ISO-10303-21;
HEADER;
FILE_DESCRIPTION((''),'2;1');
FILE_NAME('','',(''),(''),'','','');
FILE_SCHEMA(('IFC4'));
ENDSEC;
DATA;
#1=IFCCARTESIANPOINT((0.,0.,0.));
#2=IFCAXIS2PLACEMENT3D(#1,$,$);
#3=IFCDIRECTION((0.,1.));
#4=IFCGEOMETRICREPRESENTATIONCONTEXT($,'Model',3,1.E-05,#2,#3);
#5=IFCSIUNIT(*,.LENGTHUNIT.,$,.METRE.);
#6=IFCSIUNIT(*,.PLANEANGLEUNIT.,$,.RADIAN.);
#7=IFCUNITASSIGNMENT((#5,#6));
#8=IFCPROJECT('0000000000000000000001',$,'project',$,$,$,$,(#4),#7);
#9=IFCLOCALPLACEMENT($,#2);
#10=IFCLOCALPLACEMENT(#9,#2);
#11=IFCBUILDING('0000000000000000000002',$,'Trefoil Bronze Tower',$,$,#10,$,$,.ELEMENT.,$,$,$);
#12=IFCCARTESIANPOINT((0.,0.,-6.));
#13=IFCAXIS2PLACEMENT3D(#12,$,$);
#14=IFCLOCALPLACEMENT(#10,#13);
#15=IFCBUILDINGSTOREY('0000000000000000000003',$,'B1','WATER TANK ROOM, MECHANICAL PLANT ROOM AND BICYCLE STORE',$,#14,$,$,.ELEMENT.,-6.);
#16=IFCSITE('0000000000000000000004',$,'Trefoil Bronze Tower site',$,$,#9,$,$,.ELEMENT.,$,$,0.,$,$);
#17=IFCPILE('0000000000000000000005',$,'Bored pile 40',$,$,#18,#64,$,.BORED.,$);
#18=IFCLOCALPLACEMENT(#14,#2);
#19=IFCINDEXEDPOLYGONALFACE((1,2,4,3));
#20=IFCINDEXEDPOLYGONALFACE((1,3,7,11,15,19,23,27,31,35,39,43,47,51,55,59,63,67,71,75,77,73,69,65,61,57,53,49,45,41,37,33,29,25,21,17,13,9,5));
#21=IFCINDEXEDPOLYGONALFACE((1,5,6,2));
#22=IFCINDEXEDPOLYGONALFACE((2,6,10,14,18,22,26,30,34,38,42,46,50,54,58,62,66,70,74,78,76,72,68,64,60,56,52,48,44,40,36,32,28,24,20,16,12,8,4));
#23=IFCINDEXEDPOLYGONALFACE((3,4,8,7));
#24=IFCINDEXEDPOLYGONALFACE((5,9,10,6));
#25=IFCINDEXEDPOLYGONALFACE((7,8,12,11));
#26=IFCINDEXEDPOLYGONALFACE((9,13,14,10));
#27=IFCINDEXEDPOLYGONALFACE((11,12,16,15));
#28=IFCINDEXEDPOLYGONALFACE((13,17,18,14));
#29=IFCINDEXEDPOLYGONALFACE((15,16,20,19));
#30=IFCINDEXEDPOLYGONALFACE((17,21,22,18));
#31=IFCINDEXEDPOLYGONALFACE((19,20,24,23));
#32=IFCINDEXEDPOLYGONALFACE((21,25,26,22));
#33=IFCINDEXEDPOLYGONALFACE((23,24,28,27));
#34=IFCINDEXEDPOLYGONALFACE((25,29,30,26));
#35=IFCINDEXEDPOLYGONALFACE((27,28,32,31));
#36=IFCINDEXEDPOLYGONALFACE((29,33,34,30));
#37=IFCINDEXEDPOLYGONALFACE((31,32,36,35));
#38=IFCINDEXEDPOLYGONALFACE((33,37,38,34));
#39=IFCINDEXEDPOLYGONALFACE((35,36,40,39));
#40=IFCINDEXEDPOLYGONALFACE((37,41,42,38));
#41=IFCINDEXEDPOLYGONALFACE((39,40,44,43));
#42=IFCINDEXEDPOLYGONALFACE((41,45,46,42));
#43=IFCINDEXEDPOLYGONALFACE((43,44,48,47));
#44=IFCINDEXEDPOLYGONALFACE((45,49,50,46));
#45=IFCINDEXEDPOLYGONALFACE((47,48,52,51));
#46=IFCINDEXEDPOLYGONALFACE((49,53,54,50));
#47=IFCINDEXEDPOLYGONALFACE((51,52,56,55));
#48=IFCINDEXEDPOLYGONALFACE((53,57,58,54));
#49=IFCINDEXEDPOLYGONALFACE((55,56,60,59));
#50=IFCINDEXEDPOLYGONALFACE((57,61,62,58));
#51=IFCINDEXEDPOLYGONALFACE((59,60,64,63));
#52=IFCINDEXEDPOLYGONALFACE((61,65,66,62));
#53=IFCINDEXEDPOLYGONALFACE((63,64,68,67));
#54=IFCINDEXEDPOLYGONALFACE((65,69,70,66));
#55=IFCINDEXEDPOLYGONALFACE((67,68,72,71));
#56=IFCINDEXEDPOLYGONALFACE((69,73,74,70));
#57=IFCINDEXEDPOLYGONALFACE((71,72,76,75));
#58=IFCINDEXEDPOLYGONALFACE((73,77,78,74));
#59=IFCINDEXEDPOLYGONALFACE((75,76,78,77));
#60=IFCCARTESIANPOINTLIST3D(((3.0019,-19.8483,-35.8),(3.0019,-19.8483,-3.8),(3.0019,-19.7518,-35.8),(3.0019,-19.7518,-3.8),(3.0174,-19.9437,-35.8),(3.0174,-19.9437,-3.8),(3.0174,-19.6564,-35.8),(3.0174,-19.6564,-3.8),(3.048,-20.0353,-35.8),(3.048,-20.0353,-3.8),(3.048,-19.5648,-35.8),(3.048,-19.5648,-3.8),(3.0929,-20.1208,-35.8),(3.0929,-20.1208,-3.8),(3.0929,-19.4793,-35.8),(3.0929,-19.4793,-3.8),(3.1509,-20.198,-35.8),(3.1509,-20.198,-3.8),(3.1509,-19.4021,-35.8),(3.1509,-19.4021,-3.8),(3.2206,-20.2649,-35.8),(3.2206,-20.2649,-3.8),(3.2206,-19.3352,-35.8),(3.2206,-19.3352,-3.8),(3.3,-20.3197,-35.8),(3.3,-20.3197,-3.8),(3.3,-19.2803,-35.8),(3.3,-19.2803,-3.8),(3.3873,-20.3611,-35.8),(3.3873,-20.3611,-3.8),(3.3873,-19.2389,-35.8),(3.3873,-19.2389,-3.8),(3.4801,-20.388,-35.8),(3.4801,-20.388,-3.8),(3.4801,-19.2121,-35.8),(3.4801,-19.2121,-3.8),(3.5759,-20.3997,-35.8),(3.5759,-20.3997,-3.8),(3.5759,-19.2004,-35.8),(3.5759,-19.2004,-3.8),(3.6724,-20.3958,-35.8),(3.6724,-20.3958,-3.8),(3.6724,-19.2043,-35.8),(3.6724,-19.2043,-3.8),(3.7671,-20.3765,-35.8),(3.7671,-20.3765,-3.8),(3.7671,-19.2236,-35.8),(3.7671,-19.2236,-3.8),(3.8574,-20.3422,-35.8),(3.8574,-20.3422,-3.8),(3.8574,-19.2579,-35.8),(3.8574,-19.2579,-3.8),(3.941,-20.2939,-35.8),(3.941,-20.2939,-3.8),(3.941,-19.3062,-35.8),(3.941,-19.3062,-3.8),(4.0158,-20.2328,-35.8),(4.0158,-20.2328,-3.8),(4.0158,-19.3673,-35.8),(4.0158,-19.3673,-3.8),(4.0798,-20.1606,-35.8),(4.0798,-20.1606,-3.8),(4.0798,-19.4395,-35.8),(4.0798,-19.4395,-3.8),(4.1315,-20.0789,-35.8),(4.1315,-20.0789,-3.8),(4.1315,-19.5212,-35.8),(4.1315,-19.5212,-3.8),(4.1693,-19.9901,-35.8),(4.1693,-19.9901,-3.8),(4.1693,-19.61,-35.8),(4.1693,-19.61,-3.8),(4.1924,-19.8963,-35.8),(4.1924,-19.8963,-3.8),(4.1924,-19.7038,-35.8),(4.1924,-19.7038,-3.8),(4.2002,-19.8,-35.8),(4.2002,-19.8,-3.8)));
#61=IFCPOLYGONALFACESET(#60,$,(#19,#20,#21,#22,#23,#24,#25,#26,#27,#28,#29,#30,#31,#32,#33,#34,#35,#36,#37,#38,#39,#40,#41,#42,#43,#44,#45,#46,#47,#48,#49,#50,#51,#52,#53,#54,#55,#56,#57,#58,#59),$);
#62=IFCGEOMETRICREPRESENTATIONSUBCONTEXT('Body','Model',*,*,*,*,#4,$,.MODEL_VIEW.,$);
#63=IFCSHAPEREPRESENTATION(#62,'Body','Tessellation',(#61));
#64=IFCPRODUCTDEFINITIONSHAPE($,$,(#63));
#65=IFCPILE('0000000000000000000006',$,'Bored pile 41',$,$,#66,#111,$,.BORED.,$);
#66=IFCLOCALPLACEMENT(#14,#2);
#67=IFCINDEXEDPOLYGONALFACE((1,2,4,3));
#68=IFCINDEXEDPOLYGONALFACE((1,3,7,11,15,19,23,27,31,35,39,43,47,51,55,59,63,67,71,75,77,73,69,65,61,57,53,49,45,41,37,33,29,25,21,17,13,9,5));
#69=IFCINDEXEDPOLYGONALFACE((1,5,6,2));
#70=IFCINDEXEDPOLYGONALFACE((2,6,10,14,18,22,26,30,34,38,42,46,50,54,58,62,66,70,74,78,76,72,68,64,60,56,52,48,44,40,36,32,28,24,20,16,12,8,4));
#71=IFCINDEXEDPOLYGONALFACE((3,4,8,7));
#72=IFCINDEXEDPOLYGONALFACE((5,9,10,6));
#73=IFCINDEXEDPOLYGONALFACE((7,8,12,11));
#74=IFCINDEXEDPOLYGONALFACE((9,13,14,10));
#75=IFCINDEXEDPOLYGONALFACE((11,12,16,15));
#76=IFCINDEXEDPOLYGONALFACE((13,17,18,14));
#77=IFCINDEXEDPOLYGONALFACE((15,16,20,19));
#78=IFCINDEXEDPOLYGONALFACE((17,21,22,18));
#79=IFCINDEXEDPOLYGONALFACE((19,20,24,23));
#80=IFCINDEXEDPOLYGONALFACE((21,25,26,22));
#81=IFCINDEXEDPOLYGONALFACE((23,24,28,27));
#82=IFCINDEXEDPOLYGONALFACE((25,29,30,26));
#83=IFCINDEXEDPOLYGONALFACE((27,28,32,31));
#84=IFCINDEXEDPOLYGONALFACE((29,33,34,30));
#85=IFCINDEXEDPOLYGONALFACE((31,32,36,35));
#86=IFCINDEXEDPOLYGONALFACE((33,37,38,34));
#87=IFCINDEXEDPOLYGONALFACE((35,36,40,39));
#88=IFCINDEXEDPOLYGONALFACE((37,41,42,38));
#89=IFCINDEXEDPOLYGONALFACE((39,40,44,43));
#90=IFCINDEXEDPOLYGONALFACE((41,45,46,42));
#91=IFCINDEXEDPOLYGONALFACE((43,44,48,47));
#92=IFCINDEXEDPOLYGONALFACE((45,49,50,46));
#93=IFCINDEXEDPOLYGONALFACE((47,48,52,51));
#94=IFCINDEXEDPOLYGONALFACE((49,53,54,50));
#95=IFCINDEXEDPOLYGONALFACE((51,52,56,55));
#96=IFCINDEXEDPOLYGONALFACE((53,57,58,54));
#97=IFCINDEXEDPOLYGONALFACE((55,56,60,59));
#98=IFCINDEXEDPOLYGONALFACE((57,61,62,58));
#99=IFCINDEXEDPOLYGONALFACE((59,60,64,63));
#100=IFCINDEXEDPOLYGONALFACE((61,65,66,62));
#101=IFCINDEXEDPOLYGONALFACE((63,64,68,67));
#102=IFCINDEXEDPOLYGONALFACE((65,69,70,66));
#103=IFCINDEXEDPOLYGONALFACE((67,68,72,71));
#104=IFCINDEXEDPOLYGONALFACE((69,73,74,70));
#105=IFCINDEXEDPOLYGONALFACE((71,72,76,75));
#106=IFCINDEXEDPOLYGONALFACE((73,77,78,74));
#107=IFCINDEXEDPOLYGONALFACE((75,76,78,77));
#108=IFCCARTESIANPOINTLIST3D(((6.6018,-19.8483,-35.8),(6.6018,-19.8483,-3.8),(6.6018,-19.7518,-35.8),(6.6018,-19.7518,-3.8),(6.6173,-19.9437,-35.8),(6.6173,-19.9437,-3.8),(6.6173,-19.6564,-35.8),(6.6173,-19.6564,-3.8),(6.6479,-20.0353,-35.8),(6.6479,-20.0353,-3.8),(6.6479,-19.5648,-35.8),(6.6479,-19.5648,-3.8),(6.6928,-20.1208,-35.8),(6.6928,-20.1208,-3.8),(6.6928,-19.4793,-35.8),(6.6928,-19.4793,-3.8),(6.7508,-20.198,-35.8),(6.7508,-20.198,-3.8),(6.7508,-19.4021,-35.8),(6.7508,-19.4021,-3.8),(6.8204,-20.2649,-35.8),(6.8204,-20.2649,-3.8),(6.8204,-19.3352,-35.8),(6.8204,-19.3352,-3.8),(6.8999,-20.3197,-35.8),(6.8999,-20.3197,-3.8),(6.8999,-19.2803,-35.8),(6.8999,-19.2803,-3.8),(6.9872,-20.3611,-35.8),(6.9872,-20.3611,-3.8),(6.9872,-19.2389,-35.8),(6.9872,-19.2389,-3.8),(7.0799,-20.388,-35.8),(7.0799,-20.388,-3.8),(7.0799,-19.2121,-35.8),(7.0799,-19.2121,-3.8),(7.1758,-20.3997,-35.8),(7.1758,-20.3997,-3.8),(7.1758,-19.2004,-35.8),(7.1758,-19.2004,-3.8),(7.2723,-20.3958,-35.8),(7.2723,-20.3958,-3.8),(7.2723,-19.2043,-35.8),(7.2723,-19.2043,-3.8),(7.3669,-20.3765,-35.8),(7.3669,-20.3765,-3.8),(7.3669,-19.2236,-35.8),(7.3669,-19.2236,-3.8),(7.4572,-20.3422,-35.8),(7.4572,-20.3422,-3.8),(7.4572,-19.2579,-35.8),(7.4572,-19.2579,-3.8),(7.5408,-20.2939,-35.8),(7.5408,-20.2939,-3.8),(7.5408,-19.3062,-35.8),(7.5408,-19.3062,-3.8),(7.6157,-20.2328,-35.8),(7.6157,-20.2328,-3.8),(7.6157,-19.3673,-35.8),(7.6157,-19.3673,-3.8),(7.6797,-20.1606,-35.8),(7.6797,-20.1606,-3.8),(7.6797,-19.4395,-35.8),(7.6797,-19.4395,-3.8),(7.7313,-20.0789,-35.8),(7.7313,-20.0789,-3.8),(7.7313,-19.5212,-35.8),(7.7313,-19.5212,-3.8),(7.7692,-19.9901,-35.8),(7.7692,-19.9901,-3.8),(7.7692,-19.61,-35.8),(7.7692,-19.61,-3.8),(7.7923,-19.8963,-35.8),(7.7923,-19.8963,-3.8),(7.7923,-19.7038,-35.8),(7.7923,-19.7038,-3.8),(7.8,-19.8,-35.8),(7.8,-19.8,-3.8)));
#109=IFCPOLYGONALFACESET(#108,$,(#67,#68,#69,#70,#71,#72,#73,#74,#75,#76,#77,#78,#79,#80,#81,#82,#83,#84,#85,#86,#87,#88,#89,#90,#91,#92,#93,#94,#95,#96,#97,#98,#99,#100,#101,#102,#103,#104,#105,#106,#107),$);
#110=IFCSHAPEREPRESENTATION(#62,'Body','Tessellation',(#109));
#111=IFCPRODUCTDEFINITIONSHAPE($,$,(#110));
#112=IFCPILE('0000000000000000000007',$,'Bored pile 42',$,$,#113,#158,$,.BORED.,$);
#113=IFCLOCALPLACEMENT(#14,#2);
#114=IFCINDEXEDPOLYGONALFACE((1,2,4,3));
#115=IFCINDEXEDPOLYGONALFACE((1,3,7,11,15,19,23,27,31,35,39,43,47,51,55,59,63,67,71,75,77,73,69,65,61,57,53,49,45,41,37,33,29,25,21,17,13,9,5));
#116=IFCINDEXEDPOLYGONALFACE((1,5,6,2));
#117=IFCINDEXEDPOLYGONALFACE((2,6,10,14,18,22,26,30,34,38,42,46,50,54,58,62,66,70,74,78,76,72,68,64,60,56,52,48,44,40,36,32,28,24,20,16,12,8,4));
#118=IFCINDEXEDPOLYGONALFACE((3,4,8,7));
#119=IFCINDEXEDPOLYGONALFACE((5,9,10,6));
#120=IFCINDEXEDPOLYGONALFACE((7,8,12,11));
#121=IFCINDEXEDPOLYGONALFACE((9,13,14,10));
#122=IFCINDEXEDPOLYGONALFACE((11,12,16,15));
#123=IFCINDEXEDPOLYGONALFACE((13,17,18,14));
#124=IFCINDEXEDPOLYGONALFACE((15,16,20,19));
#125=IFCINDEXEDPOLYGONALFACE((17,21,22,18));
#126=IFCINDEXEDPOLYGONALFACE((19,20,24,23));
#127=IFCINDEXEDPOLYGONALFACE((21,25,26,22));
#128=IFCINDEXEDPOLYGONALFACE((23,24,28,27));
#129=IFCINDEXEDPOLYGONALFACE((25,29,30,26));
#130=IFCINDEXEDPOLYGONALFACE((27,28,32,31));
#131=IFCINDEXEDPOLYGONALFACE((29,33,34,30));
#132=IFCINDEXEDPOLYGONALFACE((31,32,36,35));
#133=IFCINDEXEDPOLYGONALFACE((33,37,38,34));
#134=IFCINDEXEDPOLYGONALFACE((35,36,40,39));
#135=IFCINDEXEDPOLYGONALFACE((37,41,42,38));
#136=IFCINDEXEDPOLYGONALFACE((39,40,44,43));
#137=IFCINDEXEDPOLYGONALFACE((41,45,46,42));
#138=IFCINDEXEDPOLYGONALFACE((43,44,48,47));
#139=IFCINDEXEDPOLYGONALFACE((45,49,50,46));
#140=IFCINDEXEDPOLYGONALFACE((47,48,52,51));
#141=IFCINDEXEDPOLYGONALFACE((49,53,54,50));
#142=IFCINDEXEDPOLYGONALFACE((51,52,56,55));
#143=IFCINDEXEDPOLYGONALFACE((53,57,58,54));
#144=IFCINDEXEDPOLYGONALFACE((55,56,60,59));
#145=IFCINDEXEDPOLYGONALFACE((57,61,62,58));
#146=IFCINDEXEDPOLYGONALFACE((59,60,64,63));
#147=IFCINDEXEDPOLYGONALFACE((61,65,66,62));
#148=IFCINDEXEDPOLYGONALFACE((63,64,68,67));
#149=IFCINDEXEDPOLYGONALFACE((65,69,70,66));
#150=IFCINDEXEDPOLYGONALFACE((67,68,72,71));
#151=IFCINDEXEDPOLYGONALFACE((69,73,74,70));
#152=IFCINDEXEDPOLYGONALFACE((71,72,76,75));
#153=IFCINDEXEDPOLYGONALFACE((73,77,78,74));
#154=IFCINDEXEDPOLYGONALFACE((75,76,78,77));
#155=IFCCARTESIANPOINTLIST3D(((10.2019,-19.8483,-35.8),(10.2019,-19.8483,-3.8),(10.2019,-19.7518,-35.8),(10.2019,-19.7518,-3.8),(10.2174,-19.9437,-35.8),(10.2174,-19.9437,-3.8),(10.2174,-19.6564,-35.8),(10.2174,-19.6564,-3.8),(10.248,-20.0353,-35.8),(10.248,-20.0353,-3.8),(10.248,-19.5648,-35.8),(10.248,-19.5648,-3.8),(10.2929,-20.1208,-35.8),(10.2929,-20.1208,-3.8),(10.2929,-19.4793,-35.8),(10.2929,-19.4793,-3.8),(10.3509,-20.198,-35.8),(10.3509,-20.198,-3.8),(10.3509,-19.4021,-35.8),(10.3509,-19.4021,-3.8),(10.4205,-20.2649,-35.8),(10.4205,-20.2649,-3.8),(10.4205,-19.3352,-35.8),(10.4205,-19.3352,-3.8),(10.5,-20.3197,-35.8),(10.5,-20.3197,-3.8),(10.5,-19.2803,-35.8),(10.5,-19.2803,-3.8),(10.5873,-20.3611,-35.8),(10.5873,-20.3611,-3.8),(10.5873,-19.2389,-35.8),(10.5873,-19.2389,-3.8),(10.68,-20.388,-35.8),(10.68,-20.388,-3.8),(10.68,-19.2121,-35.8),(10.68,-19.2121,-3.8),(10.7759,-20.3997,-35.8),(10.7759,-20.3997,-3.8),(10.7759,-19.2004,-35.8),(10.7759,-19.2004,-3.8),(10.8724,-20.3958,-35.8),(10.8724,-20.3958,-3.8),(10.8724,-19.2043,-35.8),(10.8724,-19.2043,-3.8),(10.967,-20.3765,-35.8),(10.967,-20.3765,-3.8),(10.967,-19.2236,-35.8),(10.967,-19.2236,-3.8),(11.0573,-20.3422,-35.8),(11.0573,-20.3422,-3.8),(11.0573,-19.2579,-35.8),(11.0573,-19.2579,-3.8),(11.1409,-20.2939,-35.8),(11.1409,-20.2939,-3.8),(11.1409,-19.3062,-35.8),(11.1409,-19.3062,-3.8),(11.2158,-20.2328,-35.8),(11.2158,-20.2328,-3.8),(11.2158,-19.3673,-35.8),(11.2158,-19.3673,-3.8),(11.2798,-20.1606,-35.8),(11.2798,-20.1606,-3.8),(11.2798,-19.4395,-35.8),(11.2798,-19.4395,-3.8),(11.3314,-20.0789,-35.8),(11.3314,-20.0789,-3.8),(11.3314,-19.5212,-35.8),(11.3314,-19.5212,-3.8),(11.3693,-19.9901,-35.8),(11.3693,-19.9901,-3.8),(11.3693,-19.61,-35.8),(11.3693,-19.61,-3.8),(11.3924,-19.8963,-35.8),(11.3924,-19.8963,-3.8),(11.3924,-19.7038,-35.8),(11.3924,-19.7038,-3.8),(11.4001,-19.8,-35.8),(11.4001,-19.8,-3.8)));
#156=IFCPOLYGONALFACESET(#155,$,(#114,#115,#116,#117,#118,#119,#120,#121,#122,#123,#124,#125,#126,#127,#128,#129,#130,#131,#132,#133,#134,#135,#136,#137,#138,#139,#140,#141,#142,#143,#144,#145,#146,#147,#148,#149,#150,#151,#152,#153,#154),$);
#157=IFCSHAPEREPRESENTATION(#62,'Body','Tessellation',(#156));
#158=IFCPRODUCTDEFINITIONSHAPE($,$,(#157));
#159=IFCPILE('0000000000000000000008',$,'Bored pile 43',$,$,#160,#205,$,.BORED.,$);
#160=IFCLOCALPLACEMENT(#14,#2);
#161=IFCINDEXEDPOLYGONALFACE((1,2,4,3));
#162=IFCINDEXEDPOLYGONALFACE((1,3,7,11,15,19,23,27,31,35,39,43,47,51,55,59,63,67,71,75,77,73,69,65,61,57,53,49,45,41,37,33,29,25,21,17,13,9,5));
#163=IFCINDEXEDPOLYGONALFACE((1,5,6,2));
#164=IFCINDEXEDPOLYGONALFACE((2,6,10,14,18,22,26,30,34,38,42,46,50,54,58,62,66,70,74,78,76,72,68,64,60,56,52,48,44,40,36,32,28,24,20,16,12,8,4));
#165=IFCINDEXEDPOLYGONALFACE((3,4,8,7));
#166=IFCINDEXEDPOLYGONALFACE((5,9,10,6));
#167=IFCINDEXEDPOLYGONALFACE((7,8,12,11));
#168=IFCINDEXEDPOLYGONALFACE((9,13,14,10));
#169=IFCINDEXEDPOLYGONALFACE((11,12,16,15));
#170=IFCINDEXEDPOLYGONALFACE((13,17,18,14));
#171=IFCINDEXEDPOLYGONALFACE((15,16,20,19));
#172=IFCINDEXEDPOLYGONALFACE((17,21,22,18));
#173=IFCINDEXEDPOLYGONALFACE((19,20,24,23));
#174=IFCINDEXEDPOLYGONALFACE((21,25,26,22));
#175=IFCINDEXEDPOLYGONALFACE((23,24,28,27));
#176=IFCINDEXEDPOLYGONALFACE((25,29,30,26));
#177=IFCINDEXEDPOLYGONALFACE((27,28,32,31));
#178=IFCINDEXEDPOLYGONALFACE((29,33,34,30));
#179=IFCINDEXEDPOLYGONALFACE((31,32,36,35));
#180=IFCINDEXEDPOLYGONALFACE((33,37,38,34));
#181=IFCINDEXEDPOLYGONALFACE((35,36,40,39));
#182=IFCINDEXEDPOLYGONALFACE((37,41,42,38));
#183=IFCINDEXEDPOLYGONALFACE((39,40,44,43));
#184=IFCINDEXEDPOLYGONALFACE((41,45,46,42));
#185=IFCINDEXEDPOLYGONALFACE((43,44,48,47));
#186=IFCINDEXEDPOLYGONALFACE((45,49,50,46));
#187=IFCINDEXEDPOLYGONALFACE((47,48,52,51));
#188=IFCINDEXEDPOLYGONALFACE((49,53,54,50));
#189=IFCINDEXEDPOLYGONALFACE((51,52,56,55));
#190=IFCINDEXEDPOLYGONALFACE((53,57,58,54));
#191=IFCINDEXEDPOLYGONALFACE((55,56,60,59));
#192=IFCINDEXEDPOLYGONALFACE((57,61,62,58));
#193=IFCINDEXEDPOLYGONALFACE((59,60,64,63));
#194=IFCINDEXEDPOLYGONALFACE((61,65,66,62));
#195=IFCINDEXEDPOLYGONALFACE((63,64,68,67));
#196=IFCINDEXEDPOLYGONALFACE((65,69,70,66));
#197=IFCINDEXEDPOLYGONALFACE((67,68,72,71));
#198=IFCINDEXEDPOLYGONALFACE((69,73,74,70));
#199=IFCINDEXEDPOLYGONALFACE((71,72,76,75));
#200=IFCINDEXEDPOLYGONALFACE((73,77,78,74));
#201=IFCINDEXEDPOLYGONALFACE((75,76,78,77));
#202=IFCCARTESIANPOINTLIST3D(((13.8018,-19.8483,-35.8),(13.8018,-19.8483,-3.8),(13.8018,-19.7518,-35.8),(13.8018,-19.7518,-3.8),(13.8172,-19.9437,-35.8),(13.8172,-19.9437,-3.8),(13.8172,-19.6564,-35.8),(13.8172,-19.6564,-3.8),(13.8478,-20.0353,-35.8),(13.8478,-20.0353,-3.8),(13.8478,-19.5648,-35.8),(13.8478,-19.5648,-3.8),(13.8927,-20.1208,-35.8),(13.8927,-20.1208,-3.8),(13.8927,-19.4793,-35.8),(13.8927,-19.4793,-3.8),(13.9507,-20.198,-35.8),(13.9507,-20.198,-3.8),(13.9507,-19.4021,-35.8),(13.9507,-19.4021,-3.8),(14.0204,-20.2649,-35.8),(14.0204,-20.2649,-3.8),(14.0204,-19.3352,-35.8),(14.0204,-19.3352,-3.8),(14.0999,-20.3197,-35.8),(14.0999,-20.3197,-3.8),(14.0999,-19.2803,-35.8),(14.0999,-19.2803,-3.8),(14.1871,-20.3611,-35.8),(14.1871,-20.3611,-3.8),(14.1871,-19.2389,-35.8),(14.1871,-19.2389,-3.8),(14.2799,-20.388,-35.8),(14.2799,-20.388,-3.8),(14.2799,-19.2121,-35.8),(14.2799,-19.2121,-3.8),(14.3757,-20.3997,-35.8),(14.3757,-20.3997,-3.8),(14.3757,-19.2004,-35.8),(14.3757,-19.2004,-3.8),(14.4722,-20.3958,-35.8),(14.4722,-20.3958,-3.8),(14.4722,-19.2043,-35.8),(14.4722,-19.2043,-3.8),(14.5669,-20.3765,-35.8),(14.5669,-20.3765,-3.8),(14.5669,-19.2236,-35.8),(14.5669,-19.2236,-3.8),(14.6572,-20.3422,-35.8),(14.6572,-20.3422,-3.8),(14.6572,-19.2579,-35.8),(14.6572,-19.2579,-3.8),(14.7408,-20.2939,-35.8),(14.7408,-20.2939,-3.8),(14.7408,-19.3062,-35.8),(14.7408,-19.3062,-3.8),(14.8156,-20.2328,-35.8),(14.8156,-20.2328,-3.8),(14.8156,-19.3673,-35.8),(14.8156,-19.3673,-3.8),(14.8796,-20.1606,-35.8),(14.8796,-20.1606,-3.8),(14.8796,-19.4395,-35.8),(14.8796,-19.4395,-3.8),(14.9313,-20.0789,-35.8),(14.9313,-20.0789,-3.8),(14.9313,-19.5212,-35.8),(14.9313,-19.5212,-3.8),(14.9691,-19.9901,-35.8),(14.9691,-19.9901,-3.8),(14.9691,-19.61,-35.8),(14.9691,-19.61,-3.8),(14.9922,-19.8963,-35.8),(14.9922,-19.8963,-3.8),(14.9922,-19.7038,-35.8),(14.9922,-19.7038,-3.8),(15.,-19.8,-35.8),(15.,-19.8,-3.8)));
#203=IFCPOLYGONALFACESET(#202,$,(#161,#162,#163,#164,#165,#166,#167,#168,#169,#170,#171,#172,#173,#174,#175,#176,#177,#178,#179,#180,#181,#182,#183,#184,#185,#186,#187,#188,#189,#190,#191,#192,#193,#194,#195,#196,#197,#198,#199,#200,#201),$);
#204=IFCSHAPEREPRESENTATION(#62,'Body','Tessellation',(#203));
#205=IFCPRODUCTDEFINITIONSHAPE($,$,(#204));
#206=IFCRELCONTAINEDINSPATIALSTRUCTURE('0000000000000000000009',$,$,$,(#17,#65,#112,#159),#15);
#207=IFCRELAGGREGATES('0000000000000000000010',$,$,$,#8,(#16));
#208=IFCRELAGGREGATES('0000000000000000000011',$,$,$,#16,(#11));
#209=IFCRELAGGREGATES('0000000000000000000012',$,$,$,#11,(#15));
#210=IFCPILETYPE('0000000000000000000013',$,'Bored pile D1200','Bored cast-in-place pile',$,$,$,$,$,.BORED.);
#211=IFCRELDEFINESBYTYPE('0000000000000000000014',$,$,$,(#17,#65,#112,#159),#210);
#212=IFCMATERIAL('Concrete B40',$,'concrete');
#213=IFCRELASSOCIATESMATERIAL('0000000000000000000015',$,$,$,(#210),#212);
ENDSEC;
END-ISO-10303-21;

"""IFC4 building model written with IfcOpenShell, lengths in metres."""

from ifc_helpers import new_model, si_unit, direction, frame, origin, origin_2d, place, context, subcontext, project, spatial, circle, extrude, material, type_object, element, save


model = new_model("IFC4")

# Units and contexts
model_context = context("Model", 3, precision=1e-05, world=origin(), true_north=direction((0.0, 1.0)))
body_context = subcontext(model_context, "Body", "Model", "MODEL_VIEW")
ifc_project = project(units=[si_unit("LENGTHUNIT", "METRE"), si_unit("PLANEANGLEUNIT", "RADIAN")], contexts=[model_context])

# Site, building, storey
site_placement = place(None, origin())
site = spatial("IfcSite", under=ifc_project, at=site_placement, Name="Trefoil Bronze Tower site", CompositionType="ELEMENT", RefElevation=0.0)
building_placement = place(site_placement, origin())
building = spatial("IfcBuilding", under=site, at=building_placement, Name="Trefoil Bronze Tower", CompositionType="ELEMENT")
storey_placement = place(building_placement, frame((0.0, 0.0, -6.0)))
storey = spatial("IfcBuildingStorey", under=building, at=storey_placement, Name="B1", Description="WATER TANK ROOM, MECHANICAL PLANT ROOM AND BICYCLE STORE", CompositionType="ELEMENT", Elevation=-6.0)

# Piles
ifc_material_1 = material(Name="Concrete B40", Category="concrete")
pile_type = type_object("IfcPileType", Name="Bored pile D1200", Description="Bored cast-in-place pile", PredefinedType="BORED", material=ifc_material_1)
for number, where, z_axis, x_axis, name in (
    (1, (3.6001, -19.8, -3.8), (0.0, 0.0, -1.0), (1.0, 0.0, 0.0), "Bored pile 40"),
    (2, (7.2, -19.8, -3.8), (0.0, 0.0, -1.0), (1.0, 0.0, 0.0), "Bored pile 41"),
    (3, (10.8, -19.8, -3.8), (0.0, 0.0, -1.0), (1.0, 0.0, 0.0), "Bored pile 42"),
    (4, (14.3999, -19.8, -3.8), (0.0, 0.0, -1.0), (1.0, 0.0, 0.0), "Bored pile 43"),
):
    element("IfcPile", number, at=place(storey_placement, frame(where, z_axis=z_axis, x_axis=x_axis)), inside=storey, type_object=pile_type, Name=name, PredefinedType="BORED", context=body_context, shape_type="SweptSolid", body=[
        extrude(circle(Radius=0.6001, at=origin_2d()), origin(), (0.0, 0.0, 1.0), 32.0),
    ])

save(model, "model.ifc")
